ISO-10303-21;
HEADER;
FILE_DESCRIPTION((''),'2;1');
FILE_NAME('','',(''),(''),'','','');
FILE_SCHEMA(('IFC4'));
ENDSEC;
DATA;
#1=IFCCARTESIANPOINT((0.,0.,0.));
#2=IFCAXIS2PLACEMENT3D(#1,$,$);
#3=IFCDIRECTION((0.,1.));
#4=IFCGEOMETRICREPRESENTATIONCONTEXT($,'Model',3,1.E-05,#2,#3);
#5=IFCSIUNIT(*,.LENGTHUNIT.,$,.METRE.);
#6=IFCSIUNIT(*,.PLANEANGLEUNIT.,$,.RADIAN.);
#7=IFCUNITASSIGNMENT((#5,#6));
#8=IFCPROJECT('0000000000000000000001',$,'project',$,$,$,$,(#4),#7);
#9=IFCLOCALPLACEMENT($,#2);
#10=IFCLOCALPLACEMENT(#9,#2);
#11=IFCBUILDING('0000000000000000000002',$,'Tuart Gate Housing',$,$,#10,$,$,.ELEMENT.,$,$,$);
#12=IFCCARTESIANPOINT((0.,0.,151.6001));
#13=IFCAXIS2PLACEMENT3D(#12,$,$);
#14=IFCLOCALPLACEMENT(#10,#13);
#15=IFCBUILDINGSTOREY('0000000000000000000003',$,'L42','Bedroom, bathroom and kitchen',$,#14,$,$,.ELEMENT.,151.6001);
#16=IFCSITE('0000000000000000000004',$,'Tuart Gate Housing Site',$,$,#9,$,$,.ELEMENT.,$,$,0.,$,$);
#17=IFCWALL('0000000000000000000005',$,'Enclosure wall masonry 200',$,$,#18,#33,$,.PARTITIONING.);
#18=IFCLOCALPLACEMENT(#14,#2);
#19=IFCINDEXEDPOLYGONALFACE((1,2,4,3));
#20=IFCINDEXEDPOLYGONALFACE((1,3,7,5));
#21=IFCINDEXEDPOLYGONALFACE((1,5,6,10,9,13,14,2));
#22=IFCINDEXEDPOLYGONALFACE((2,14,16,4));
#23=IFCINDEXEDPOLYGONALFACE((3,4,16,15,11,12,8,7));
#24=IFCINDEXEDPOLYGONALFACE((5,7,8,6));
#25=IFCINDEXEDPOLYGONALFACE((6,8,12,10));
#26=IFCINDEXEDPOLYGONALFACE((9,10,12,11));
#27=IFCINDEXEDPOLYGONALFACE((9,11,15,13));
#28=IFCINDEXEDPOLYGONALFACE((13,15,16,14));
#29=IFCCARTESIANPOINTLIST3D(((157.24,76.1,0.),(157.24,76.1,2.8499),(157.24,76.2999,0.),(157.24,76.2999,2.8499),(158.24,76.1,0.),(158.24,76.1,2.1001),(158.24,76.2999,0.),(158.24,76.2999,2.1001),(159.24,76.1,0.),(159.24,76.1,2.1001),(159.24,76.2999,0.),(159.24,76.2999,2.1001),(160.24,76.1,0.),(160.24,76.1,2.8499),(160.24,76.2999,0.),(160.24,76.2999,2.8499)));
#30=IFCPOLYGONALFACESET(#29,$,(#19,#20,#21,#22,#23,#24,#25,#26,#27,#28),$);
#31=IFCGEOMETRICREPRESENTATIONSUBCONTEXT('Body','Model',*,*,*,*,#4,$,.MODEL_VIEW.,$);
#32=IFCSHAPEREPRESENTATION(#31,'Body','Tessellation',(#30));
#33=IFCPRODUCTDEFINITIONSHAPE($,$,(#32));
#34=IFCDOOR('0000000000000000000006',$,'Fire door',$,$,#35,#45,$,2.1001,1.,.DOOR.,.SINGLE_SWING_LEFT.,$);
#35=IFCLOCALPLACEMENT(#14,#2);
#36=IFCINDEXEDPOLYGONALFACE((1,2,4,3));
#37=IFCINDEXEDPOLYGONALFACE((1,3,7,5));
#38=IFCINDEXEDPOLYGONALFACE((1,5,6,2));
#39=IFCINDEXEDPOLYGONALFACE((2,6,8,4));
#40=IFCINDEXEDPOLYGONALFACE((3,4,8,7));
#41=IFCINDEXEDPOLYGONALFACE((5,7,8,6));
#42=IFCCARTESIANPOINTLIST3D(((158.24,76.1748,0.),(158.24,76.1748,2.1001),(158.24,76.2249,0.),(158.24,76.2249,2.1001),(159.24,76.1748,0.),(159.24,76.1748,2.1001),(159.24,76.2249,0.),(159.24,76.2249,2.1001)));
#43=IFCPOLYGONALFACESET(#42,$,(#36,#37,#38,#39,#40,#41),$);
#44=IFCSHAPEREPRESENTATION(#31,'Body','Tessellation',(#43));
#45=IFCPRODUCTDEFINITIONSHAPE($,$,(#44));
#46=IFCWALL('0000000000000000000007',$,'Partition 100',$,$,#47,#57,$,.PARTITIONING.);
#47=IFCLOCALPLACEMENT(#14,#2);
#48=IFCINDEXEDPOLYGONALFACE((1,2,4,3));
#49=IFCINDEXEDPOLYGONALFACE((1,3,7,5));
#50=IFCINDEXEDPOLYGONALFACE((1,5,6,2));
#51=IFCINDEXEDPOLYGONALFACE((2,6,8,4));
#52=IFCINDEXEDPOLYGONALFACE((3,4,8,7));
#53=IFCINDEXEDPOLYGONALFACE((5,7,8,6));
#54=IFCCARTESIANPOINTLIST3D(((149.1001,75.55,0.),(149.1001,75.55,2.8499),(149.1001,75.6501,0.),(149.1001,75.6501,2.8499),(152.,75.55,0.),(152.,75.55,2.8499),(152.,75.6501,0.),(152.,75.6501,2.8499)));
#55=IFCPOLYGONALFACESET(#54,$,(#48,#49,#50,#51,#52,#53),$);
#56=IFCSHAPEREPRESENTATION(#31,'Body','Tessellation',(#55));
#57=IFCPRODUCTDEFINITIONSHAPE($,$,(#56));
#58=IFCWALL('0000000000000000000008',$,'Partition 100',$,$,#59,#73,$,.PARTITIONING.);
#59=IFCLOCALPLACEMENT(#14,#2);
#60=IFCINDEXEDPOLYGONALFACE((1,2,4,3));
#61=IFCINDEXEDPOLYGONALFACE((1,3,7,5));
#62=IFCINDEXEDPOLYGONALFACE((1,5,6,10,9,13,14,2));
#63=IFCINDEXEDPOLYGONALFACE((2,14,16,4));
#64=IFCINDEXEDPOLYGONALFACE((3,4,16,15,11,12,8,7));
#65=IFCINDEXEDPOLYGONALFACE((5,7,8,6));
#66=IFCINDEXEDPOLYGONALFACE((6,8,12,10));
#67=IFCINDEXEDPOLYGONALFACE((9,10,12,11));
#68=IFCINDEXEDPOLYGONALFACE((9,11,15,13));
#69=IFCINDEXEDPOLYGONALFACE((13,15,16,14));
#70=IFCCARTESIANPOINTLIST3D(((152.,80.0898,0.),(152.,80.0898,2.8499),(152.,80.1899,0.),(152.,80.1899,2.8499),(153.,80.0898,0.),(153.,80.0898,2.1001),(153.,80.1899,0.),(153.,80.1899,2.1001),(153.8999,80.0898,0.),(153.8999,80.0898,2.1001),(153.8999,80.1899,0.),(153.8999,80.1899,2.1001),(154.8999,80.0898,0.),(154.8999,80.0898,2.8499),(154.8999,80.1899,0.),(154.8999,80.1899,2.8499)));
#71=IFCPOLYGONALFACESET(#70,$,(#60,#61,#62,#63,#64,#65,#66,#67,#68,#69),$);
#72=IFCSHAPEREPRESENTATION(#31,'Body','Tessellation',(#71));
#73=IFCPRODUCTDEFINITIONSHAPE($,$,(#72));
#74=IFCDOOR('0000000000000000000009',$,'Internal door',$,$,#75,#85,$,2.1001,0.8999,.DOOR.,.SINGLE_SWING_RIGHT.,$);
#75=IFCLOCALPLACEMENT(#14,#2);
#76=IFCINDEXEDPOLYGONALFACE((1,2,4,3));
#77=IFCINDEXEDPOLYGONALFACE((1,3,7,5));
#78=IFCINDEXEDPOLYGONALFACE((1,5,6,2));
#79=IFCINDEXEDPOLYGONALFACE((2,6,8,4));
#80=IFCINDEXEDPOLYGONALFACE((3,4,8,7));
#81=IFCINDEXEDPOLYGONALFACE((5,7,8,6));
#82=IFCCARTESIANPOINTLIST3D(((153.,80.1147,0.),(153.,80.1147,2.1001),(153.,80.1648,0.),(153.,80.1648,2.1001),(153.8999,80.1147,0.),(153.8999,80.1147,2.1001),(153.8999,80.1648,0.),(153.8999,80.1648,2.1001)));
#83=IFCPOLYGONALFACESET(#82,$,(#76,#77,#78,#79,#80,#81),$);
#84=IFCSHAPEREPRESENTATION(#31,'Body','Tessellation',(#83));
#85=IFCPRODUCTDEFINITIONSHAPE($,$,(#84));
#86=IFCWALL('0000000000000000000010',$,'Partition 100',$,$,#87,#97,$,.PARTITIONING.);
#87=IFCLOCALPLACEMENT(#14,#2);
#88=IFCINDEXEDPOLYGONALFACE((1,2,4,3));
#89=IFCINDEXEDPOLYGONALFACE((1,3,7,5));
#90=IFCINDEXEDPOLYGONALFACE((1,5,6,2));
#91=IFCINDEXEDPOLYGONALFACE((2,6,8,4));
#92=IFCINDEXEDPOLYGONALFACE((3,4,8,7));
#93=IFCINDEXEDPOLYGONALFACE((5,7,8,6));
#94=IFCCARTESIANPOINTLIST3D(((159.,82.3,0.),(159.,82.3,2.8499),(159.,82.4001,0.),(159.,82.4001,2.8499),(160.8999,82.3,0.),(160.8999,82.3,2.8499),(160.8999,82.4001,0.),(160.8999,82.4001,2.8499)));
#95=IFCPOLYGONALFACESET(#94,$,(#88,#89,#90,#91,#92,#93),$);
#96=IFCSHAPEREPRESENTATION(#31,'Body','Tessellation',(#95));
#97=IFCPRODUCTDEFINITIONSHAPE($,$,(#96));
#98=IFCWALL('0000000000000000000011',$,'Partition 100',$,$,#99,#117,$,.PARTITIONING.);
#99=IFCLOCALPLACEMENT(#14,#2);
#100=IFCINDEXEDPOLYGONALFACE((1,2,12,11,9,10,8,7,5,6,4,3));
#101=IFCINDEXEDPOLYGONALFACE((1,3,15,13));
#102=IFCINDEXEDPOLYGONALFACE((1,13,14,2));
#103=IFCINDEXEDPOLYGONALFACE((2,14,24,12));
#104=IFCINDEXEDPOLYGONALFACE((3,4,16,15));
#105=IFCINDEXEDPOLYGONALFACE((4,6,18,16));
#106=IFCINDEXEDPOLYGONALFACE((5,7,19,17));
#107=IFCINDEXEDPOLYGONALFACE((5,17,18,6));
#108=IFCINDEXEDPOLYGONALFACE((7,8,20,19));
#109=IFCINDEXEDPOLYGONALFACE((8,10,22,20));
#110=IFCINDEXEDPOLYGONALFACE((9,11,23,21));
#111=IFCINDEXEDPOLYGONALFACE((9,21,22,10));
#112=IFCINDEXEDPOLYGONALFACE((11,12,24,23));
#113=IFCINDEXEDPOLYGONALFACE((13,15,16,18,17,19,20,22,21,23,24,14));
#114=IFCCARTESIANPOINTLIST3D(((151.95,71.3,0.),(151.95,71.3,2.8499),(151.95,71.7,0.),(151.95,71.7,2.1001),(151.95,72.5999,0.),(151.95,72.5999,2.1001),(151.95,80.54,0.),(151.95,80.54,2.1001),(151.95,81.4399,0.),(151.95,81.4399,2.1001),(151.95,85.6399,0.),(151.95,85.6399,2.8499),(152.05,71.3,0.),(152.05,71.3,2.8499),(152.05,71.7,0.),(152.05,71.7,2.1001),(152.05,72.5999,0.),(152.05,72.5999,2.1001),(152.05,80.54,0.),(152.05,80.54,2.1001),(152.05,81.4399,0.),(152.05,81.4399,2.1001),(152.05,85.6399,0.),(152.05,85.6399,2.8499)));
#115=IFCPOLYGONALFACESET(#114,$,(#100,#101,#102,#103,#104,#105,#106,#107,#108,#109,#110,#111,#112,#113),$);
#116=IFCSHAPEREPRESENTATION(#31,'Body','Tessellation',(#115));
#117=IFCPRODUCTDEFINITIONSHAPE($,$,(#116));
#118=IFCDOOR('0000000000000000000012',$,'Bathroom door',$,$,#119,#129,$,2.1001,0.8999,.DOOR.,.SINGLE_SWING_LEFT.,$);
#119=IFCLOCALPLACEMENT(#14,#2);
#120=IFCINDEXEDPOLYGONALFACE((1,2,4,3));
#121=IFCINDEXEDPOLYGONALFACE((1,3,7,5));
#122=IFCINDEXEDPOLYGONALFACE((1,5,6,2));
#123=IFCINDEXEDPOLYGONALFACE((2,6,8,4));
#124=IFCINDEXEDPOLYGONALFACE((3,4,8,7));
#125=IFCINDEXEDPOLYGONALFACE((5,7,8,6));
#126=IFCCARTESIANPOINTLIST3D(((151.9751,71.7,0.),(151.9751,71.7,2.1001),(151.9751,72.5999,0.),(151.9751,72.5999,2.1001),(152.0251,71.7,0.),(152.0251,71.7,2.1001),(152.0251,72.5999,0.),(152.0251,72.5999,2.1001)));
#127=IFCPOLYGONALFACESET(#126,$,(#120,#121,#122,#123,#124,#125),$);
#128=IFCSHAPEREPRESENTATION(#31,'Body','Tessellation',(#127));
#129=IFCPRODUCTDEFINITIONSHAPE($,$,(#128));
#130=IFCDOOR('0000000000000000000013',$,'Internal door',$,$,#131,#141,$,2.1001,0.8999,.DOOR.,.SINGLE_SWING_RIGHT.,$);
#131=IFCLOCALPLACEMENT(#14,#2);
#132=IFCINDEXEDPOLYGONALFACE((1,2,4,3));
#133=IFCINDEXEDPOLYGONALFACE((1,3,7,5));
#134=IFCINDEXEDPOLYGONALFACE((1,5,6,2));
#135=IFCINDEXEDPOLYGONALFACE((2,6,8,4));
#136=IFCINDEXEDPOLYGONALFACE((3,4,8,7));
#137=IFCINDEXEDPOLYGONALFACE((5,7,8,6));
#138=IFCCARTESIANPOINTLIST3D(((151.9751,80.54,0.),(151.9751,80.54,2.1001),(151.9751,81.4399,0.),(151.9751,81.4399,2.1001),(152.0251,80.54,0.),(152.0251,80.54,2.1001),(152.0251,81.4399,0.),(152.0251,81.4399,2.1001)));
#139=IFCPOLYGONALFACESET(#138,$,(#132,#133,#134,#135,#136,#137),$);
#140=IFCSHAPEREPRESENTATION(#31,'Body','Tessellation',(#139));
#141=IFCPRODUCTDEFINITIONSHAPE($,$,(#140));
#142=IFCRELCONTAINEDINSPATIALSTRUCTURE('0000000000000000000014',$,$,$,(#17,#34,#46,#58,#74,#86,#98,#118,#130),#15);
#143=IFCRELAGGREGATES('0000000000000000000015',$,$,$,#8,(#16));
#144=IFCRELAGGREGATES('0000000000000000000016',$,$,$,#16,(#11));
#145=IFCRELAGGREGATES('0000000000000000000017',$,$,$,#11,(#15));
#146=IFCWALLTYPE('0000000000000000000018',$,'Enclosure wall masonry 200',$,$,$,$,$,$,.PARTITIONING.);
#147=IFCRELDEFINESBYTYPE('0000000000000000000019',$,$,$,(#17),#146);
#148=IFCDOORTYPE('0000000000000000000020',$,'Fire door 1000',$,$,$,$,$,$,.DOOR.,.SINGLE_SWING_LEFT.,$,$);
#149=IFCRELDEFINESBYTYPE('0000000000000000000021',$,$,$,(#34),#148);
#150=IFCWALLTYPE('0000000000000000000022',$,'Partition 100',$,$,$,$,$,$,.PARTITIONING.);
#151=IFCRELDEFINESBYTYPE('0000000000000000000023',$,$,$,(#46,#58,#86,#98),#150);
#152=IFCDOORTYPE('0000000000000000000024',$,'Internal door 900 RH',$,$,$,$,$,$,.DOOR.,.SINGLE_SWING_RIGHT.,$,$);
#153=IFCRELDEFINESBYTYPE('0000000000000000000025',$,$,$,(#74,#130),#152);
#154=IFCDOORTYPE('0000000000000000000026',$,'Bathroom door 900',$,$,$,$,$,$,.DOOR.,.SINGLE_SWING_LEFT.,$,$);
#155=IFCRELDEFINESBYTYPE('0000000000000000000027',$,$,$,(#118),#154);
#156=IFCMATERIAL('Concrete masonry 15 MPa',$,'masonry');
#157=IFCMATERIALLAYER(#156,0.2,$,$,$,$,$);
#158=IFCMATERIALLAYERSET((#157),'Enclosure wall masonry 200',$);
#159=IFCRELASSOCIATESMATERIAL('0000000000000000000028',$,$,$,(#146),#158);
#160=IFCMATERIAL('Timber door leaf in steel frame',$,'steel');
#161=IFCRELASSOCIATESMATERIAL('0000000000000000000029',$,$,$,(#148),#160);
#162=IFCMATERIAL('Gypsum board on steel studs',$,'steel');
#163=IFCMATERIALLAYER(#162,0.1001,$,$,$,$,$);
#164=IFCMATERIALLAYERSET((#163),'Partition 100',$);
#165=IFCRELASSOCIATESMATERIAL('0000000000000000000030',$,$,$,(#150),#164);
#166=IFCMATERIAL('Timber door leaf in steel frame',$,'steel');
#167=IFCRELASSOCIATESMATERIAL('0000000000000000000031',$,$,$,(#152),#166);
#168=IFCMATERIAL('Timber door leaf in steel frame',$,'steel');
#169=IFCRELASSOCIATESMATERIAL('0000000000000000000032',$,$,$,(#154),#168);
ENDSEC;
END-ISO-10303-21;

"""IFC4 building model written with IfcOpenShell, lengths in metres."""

from ifc_helpers import new_model, si_unit, direction, frame, frame_2d, origin, place, context, subcontext, project, spatial, rectangle, extrude, material, layer, layer_set, type_object, element, fill, save


model = new_model("IFC4")

# Units and contexts
model_context = context("Model", 3, precision=1e-05, world=origin(), true_north=direction((0.0, 1.0)))
body_context = subcontext(model_context, "Body", "Model", "MODEL_VIEW")
ifc_project = project(units=[si_unit("LENGTHUNIT", "METRE"), si_unit("PLANEANGLEUNIT", "RADIAN")], contexts=[model_context])

# Site, building, storey
site_placement = place(None, origin())
site = spatial("IfcSite", under=ifc_project, at=site_placement, Name="Tuart Gate Housing Site", CompositionType="ELEMENT", RefElevation=0.0)
building_placement = place(site_placement, origin())
building = spatial("IfcBuilding", under=site, at=building_placement, Name="Tuart Gate Housing", CompositionType="ELEMENT")
storey_placement = place(building_placement, frame((0.0, 0.0, 151.6001)))
storey = spatial("IfcBuildingStorey", under=building, at=storey_placement, Name="L42", Description="Bedroom, bathroom and kitchen", CompositionType="ELEMENT", Elevation=151.6001)

# Wall, opening, door
ifc_material_1 = material(Name="Concrete masonry 15 MPa", Category="masonry")
ifc_layer_1 = layer(ifc_material_1, 0.2)
ifc_layer_set_1 = layer_set([ifc_layer_1], Name="Enclosure wall masonry 200")
wall_type_1 = type_object("IfcWallType", Name="Enclosure wall masonry 200", PredefinedType="PARTITIONING", material=ifc_layer_set_1)
wall_1_placement = place(storey_placement, frame((157.24, 76.2, 0.0), z_axis=(0.0, 0.0, 1.0), x_axis=(1.0, 0.0, 0.0)))
wall_1 = element("IfcWall", 1, at=wall_1_placement, inside=storey, type_object=wall_type_1, Name="Enclosure wall masonry 200", PredefinedType="PARTITIONING", context=body_context, shape_type="SweptSolid", body=[
    extrude(rectangle(XDim=3.0, YDim=0.2, at=frame_2d((1.5, 0.0))), origin(), (0.0, 0.0, 1.0), 2.8499),
])
opening_1_placement = place(wall_1_placement, frame((1.0, 0.0, 0.0)))
opening_1 = element("IfcOpeningElement", 2, at=opening_1_placement, cuts=wall_1, PredefinedType="OPENING", context=body_context, shape_type="SweptSolid", body=[
    extrude(rectangle(XDim=1.0, YDim=2.1001, at=frame_2d((0.5, 1.05))), frame((0.0, 0.1099, 0.0), z_axis=(0.0, -1.0, 0.0), x_axis=(1.0, 0.0, 0.0)), (0.0, 0.0, 1.0), 0.22),
])
ifc_material_2 = material(Name="Timber door leaf in steel frame", Category="steel")
door_type_1 = type_object("IfcDoorType", Name="Fire door 1000", OperationType="SINGLE_SWING_LEFT", PredefinedType="DOOR", material=ifc_material_2)
door_1_placement = place(opening_1_placement, origin())
door_1 = element("IfcDoor", 3, at=door_1_placement, inside=storey, type_object=door_type_1, Name="Fire door", OperationType="SINGLE_SWING_LEFT", OverallHeight=2.1001, OverallWidth=1.0, PredefinedType="DOOR", context=body_context, shape_type="SweptSolid", body=[
    extrude(rectangle(XDim=1.0, YDim=2.1001, at=frame_2d((0.5, 1.05))), frame((0.0, 0.0249, 0.0), z_axis=(0.0, -1.0, 0.0), x_axis=(1.0, 0.0, 0.0)), (0.0, 0.0, 1.0), 0.05),
])
fill(opening_1, door_1)

# Wall
ifc_material_3 = material(Name="Gypsum board on steel studs", Category="steel")
ifc_layer_2 = layer(ifc_material_3, 0.1001)
ifc_layer_set_2 = layer_set([ifc_layer_2], Name="Partition 100")
wall_type_2 = type_object("IfcWallType", Name="Partition 100", PredefinedType="PARTITIONING", material=ifc_layer_set_2)
wall_2_placement = place(storey_placement, frame((149.1001, 75.6001, 0.0), z_axis=(0.0, 0.0, 1.0), x_axis=(1.0, 0.0, 0.0)))
element("IfcWall", 4, at=wall_2_placement, inside=storey, type_object=wall_type_2, Name="Partition 100", PredefinedType="PARTITIONING", context=body_context, shape_type="SweptSolid", body=[
    extrude(rectangle(XDim=2.8999, YDim=0.1001, at=frame_2d((1.45, 0.0))), origin(), (0.0, 0.0, 1.0), 2.8499),
])

# Wall, opening, door
wall_3_placement = place(storey_placement, frame((152.0, 80.1399, 0.0), z_axis=(0.0, 0.0, 1.0), x_axis=(1.0, 0.0, 0.0)))
wall_3 = element("IfcWall", 5, at=wall_3_placement, inside=storey, type_object=wall_type_2, Name="Partition 100", PredefinedType="PARTITIONING", context=body_context, shape_type="SweptSolid", body=[
    extrude(rectangle(XDim=2.8999, YDim=0.1001, at=frame_2d((1.45, 0.0))), origin(), (0.0, 0.0, 1.0), 2.8499),
])
opening_2_placement = place(wall_3_placement, frame((1.0, 0.0, 0.0)))
opening_2 = element("IfcOpeningElement", 6, at=opening_2_placement, cuts=wall_3, PredefinedType="OPENING", context=body_context, shape_type="SweptSolid", body=[
    extrude(rectangle(XDim=0.8999, YDim=2.1001, at=frame_2d((0.45, 1.05))), frame((0.0, 0.0601, 0.0), z_axis=(0.0, -1.0, 0.0), x_axis=(1.0, 0.0, 0.0)), (0.0, 0.0, 1.0), 0.1201),
])
ifc_material_4 = material(Name="Timber door leaf in steel frame", Category="steel")
door_type_2 = type_object("IfcDoorType", Name="Internal door 900 RH", OperationType="SINGLE_SWING_RIGHT", PredefinedType="DOOR", material=ifc_material_4)
door_2_placement = place(opening_2_placement, frame((0.8999, 0.0, 0.0), z_axis=(0.0, 0.0, 1.0), x_axis=(-1.0, 0.0, 0.0)))
door_2 = element("IfcDoor", 7, at=door_2_placement, inside=storey, type_object=door_type_2, Name="Internal door", OperationType="SINGLE_SWING_RIGHT", OverallHeight=2.1001, OverallWidth=0.8999, PredefinedType="DOOR", context=body_context, shape_type="SweptSolid", body=[
    extrude(rectangle(XDim=0.8999, YDim=2.1001, at=frame_2d((0.45, 1.05))), frame((0.0, 0.0251, 0.0), z_axis=(0.0, -1.0, 0.0), x_axis=(1.0, 0.0, 0.0)), (0.0, 0.0, 1.0), 0.05),
])
fill(opening_2, door_2)

# Wall
wall_4_placement = place(storey_placement, frame((159.0, 82.3501, 0.0), z_axis=(0.0, 0.0, 1.0), x_axis=(1.0, 0.0, 0.0)))
element("IfcWall", 8, at=wall_4_placement, inside=storey, type_object=wall_type_2, Name="Partition 100", PredefinedType="PARTITIONING", context=body_context, shape_type="SweptSolid", body=[
    extrude(rectangle(XDim=1.8999, YDim=0.1001, at=frame_2d((0.95, 0.0))), origin(), (0.0, 0.0, 1.0), 2.8499),
])

# Wall, openings, doors
wall_5_placement = place(storey_placement, frame((152.0, 71.3, 0.0), z_axis=(0.0, 0.0, 1.0), x_axis=(0.0, 1.0, 0.0)))
wall_5 = element("IfcWall", 9, at=wall_5_placement, inside=storey, type_object=wall_type_2, Name="Partition 100", PredefinedType="PARTITIONING", context=body_context, shape_type="SweptSolid", body=[
    extrude(rectangle(XDim=14.3398, YDim=0.1001, at=frame_2d((7.1699, 0.0))), origin(), (0.0, 0.0, 1.0), 2.8499),
])
opening_3_placement = place(wall_5_placement, frame((9.24, 0.0, 0.0)))
opening_3 = element("IfcOpeningElement", 10, at=opening_3_placement, cuts=wall_5, PredefinedType="OPENING", context=body_context, shape_type="SweptSolid", body=[
    extrude(rectangle(XDim=0.8999, YDim=2.1001, at=frame_2d((0.45, 1.05))), frame((0.0, 0.0601, 0.0), z_axis=(0.0, -1.0, 0.0), x_axis=(1.0, 0.0, 0.0)), (0.0, 0.0, 1.0), 0.1201),
])
opening_4_placement = place(wall_5_placement, frame((0.3999, 0.0, 0.0)))
opening_4 = element("IfcOpeningElement", 11, at=opening_4_placement, cuts=wall_5, PredefinedType="OPENING", context=body_context, shape_type="SweptSolid", body=[
    extrude(rectangle(XDim=0.8999, YDim=2.1001, at=frame_2d((0.45, 1.05))), frame((0.0, 0.0601, 0.0), z_axis=(0.0, -1.0, 0.0), x_axis=(1.0, 0.0, 0.0)), (0.0, 0.0, 1.0), 0.1201),
])
ifc_material_5 = material(Name="Timber door leaf in steel frame", Category="steel")
door_type_3 = type_object("IfcDoorType", Name="Bathroom door 900", OperationType="SINGLE_SWING_LEFT", PredefinedType="DOOR", material=ifc_material_5)
door_3_placement = place(opening_4_placement, origin())
door_3 = element("IfcDoor", 12, at=door_3_placement, inside=storey, type_object=door_type_3, Name="Bathroom door", OperationType="SINGLE_SWING_LEFT", OverallHeight=2.1001, OverallWidth=0.8999, PredefinedType="DOOR", context=body_context, shape_type="SweptSolid", body=[
    extrude(rectangle(XDim=0.8999, YDim=2.1001, at=frame_2d((0.45, 1.05))), frame((0.0, 0.0249, 0.0), z_axis=(0.0, -1.0, 0.0), x_axis=(1.0, 0.0, 0.0)), (0.0, 0.0, 1.0), 0.05),
])
fill(opening_4, door_3)
door_4_placement = place(opening_3_placement, origin())
door_4 = element("IfcDoor", 13, at=door_4_placement, inside=storey, type_object=door_type_2, Name="Internal door", OperationType="SINGLE_SWING_RIGHT", OverallHeight=2.1001, OverallWidth=0.8999, PredefinedType="DOOR", context=body_context, shape_type="SweptSolid", body=[
    extrude(rectangle(XDim=0.8999, YDim=2.1001, at=frame_2d((0.45, 1.05))), frame((0.0, 0.0249, 0.0), z_axis=(0.0, -1.0, 0.0), x_axis=(1.0, 0.0, 0.0)), (0.0, 0.0, 1.0), 0.05),
])
fill(opening_3, door_4)

save(model, "model.ifc")
